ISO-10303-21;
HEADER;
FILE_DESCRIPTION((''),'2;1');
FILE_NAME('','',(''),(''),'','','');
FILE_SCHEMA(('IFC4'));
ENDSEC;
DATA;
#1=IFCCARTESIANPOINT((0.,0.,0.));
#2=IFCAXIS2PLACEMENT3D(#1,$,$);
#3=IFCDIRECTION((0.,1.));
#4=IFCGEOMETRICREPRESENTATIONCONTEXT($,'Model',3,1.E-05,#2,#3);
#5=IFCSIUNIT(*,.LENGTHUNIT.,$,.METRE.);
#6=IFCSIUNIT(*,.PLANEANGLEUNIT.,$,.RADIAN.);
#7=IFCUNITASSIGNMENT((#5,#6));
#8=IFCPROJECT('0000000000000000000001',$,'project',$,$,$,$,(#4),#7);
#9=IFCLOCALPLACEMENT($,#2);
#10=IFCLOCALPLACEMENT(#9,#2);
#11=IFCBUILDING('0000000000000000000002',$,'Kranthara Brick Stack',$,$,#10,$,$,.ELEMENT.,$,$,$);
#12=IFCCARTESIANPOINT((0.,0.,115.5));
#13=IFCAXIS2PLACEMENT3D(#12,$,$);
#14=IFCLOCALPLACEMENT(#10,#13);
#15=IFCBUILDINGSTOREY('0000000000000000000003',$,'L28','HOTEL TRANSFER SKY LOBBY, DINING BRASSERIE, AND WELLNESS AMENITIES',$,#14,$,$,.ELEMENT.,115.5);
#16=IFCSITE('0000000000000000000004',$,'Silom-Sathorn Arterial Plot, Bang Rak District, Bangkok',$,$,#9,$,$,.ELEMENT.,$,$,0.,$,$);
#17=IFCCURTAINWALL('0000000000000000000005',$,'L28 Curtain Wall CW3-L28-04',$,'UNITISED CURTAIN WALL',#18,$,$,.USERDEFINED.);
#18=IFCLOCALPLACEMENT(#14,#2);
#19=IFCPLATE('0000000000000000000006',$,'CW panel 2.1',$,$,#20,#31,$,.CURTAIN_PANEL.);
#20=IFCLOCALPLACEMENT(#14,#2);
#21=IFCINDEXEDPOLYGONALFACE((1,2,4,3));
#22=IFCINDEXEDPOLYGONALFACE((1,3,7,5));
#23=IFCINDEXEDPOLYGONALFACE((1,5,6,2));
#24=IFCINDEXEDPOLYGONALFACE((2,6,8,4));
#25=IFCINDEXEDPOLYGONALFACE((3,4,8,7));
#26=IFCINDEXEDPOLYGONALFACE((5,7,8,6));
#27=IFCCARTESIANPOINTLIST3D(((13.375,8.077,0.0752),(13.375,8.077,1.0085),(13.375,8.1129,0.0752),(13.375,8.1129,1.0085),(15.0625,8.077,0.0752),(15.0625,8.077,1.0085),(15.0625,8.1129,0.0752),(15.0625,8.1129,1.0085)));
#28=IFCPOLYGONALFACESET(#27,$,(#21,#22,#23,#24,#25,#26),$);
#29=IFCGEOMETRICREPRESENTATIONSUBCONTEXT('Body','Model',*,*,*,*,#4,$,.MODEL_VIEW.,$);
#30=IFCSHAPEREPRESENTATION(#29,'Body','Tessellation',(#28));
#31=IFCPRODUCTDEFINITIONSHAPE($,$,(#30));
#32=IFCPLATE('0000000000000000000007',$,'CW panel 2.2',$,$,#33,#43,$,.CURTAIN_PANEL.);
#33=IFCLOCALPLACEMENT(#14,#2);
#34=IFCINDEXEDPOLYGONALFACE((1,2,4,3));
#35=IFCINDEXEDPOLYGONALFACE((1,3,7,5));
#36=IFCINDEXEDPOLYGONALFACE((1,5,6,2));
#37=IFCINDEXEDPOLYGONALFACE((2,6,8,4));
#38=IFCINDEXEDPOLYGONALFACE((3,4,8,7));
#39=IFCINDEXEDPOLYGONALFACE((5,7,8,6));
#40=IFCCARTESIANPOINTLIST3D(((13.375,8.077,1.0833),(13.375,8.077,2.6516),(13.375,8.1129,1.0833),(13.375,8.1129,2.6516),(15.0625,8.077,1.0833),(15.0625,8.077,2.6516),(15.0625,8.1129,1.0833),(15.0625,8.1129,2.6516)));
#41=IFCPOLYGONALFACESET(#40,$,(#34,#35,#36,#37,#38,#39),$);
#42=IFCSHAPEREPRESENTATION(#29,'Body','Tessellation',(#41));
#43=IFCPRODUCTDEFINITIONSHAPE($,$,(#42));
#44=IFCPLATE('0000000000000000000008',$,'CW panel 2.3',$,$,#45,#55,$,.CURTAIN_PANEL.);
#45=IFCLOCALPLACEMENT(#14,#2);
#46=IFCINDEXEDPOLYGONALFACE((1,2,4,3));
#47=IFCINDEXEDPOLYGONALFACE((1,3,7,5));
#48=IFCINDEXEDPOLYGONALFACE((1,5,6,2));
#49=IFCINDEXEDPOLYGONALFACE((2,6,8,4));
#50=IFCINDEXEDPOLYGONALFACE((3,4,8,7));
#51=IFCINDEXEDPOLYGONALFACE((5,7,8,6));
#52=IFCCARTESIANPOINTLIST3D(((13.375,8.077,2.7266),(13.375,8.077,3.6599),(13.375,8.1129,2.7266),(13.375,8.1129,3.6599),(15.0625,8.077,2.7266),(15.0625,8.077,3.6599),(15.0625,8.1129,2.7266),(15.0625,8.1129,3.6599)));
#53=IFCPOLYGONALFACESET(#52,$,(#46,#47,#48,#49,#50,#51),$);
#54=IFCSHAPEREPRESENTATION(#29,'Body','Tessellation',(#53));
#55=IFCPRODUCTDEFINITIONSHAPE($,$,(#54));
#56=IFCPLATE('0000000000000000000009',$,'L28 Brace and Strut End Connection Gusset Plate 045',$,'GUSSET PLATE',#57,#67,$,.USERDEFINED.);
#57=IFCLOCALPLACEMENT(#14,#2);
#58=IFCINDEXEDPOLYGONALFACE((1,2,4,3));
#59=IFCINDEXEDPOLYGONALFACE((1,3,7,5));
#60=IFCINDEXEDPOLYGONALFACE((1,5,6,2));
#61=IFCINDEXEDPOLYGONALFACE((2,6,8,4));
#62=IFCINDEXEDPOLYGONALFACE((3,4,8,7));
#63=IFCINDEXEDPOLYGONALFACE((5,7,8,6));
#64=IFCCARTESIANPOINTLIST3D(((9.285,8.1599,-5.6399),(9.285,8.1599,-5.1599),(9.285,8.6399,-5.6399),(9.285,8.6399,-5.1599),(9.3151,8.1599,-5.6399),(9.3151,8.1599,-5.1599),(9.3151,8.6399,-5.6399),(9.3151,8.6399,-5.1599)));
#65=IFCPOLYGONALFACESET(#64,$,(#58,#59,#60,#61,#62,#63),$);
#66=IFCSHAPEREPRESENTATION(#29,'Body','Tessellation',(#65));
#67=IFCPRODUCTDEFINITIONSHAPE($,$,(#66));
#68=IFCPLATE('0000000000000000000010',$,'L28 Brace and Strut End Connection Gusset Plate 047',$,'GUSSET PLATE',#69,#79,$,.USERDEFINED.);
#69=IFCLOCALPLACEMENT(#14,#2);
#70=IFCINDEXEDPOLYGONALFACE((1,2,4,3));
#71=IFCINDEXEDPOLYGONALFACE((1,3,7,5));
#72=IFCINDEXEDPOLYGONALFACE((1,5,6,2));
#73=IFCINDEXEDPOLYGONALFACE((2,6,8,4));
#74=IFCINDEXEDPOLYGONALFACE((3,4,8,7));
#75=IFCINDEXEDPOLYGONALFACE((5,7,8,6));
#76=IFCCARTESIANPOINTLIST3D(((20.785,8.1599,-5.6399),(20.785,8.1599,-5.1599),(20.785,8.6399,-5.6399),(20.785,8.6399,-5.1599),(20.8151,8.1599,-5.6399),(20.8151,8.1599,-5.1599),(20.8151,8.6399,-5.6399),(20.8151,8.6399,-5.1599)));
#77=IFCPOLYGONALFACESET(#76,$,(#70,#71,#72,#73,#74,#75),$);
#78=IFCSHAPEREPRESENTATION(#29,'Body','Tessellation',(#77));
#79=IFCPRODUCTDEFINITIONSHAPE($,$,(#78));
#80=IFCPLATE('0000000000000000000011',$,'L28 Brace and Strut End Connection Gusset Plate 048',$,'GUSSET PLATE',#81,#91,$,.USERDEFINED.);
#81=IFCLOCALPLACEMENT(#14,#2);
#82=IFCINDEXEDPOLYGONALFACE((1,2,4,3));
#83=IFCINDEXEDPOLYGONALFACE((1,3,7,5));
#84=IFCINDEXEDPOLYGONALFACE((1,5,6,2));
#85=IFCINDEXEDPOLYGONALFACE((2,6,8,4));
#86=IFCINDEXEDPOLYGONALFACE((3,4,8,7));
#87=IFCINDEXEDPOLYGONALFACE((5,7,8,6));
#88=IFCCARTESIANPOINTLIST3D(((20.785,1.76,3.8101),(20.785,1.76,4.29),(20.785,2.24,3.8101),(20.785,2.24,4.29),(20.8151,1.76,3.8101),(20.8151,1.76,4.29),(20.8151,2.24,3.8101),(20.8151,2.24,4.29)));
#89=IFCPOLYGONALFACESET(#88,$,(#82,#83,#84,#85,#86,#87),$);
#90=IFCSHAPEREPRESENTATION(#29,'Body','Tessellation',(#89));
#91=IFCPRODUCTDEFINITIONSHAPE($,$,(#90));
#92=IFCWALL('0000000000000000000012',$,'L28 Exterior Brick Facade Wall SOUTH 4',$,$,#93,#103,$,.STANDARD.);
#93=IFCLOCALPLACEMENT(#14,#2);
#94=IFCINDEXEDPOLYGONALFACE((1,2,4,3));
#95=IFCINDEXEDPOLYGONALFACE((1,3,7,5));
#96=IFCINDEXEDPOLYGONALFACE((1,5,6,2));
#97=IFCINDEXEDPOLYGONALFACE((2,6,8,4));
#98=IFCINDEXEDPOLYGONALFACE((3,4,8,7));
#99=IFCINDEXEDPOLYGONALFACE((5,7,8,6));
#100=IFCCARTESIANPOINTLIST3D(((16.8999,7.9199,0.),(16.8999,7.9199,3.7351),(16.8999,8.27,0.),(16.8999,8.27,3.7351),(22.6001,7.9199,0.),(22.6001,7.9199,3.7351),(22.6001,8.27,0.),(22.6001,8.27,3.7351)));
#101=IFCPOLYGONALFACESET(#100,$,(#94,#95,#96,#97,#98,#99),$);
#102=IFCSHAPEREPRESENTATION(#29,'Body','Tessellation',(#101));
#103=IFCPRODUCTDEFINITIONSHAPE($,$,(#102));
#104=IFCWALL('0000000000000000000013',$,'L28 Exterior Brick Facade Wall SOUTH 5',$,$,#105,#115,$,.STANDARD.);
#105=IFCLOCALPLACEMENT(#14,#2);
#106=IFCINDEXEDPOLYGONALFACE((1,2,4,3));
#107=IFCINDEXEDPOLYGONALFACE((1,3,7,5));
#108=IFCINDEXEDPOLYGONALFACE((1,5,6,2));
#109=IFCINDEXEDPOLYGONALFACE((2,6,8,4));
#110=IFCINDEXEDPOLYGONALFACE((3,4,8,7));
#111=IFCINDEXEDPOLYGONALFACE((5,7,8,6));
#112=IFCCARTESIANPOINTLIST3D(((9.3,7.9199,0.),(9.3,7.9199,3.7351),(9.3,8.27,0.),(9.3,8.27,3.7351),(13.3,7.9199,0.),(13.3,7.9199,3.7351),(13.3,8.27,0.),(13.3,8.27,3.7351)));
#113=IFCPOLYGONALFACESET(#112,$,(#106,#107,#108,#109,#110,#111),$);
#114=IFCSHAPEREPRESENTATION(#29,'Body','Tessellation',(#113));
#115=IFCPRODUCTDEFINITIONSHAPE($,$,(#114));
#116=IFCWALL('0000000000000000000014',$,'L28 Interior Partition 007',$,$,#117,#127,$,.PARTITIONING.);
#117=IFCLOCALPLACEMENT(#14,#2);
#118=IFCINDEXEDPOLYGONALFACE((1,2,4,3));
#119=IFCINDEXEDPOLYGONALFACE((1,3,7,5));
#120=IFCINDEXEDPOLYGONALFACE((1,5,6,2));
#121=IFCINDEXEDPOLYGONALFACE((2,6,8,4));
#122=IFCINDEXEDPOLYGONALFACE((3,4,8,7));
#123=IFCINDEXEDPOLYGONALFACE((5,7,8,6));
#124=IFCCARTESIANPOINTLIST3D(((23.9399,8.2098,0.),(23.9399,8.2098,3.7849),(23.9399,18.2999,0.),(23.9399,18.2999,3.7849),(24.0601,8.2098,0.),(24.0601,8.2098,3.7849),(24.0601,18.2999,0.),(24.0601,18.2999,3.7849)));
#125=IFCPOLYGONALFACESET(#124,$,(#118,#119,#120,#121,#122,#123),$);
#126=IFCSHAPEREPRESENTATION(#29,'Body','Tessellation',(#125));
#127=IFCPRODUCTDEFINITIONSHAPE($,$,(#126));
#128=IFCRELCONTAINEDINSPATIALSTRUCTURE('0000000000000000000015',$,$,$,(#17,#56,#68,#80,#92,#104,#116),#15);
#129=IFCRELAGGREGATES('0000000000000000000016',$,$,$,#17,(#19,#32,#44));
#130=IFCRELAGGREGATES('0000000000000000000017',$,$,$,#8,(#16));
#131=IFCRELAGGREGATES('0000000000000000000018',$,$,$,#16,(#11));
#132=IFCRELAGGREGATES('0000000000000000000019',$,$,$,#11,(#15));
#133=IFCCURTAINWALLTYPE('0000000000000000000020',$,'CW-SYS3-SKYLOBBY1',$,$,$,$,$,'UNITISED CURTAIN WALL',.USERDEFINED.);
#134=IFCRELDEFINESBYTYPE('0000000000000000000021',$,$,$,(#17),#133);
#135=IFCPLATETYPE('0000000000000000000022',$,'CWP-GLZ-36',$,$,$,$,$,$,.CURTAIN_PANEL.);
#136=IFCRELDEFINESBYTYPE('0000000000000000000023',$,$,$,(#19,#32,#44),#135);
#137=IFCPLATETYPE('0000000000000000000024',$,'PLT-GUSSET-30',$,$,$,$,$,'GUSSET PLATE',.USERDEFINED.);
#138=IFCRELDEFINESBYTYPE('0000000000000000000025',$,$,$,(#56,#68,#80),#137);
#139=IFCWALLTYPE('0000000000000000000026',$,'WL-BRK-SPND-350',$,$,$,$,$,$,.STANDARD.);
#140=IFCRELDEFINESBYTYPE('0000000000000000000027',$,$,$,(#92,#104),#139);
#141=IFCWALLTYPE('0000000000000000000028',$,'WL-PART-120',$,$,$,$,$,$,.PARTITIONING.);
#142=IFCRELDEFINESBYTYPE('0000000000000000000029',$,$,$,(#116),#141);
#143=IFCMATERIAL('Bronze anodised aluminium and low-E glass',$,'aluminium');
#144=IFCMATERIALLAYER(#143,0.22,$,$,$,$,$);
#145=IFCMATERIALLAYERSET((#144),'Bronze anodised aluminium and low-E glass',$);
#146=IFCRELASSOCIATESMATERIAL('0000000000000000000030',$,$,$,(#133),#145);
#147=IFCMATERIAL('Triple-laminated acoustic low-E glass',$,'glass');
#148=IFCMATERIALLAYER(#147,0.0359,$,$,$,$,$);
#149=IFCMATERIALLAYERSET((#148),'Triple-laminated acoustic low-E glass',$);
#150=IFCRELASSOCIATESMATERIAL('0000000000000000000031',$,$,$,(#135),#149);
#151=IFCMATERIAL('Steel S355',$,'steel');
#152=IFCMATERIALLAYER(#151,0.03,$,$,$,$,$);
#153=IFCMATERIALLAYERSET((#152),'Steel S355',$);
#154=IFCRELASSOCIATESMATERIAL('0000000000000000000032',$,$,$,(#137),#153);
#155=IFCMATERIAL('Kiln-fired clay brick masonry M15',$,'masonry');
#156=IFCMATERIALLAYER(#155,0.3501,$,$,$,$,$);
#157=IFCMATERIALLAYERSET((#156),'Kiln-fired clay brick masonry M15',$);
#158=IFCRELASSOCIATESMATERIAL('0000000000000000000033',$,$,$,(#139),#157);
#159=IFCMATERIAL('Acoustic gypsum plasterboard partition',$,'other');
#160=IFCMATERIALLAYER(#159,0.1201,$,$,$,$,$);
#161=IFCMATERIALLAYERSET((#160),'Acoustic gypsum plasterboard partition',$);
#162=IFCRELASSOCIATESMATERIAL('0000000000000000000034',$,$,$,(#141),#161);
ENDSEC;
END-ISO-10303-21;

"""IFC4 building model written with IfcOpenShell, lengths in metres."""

from ifc_helpers import new_model, si_unit, direction, frame, frame_2d, origin, origin_2d, place, context, subcontext, project, spatial, rectangle, extrude, material, layer, layer_set, type_object, element, aggregate, save


model = new_model("IFC4")

# Units and contexts
model_context = context("Model", 3, precision=1e-05, world=origin(), true_north=direction((0.0, 1.0)))
body_context = subcontext(model_context, "Body", "Model", "MODEL_VIEW")
ifc_project = project(units=[si_unit("LENGTHUNIT", "METRE"), si_unit("PLANEANGLEUNIT", "RADIAN")], contexts=[model_context])

# Site, building, storey
site_placement = place(None, origin())
site = spatial("IfcSite", under=ifc_project, at=site_placement, Name="Silom-Sathorn Arterial Plot, Bang Rak District, Bangkok", CompositionType="ELEMENT", RefElevation=0.0)
building_placement = place(site_placement, origin())
building = spatial("IfcBuilding", under=site, at=building_placement, Name="Kranthara Brick Stack", CompositionType="ELEMENT")
storey_placement = place(building_placement, frame((0.0, 0.0, 115.5)))
storey = spatial("IfcBuildingStorey", under=building, at=storey_placement, Name="L28", Description="HOTEL TRANSFER SKY LOBBY, DINING BRASSERIE, AND WELLNESS AMENITIES", CompositionType="ELEMENT", Elevation=115.5)

# Shared definitions
ifc_material_1 = material(Name="Bronze anodised aluminium and low-E glass", Category="aluminium")
ifc_layer_1 = layer(ifc_material_1, 0.22)
ifc_layer_set_1 = layer_set([ifc_layer_1], Name="Bronze anodised aluminium and low-E glass")
curtain_wall_type = type_object("IfcCurtainWallType", Name="CW-SYS3-SKYLOBBY1", ElementType="UNITISED CURTAIN WALL", PredefinedType="USERDEFINED", material=ifc_layer_set_1)

# Curtain wall
curtain_wall_1_placement = place(storey_placement, origin())
curtain_wall_1 = element("IfcCurtainWall", 1, at=curtain_wall_1_placement, inside=storey, type_object=curtain_wall_type, Name="L28 Curtain Wall CW3-L28-04", ObjectType="UNITISED CURTAIN WALL", PredefinedType="USERDEFINED")

# Plates
ifc_material_2 = material(Name="Triple-laminated acoustic low-E glass", Category="glass")
ifc_layer_2 = layer(ifc_material_2, 0.0359)
ifc_layer_set_2 = layer_set([ifc_layer_2], Name="Triple-laminated acoustic low-E glass")
plate_type_1 = type_object("IfcPlateType", Name="CWP-GLZ-36", PredefinedType="CURTAIN_PANEL", material=ifc_layer_set_2)
plate_1_placement = place(storey_placement, frame((14.2188, 8.095, 0.0752), z_axis=(0.0, 0.0, 1.0), x_axis=(-1.0, 0.0, 0.0)))
plate_1 = element("IfcPlate", 2, at=plate_1_placement, type_object=plate_type_1, Name="CW panel 2.1", PredefinedType="CURTAIN_PANEL", context=body_context, shape_type="SweptSolid", body=[
    extrude(rectangle(XDim=1.6875, YDim=0.0359, at=origin_2d()), origin(), (0.0, 0.0, 1.0), 0.9333),
])
plate_2_placement = place(storey_placement, frame((14.2188, 8.095, 1.0833), z_axis=(0.0, 0.0, 1.0), x_axis=(-1.0, 0.0, 0.0)))
plate_2 = element("IfcPlate", 3, at=plate_2_placement, type_object=plate_type_1, Name="CW panel 2.2", PredefinedType="CURTAIN_PANEL", context=body_context, shape_type="SweptSolid", body=[
    extrude(rectangle(XDim=1.6875, YDim=0.0359, at=origin_2d()), origin(), (0.0, 0.0, 1.0), 1.5684),
])
plate_3_placement = place(storey_placement, frame((14.2188, 8.095, 2.7266), z_axis=(0.0, 0.0, 1.0), x_axis=(-1.0, 0.0, 0.0)))
plate_3 = element("IfcPlate", 4, at=plate_3_placement, type_object=plate_type_1, Name="CW panel 2.3", PredefinedType="CURTAIN_PANEL", context=body_context, shape_type="SweptSolid", body=[
    extrude(rectangle(XDim=1.6875, YDim=0.0359, at=origin_2d()), origin(), (0.0, 0.0, 1.0), 0.9333),
])
aggregate(curtain_wall_1, [plate_1, plate_2, plate_3])

# Plates
ifc_material_3 = material(Name="Steel S355", Category="steel")
ifc_layer_3 = layer(ifc_material_3, 0.03)
ifc_layer_set_3 = layer_set([ifc_layer_3], Name="Steel S355")
plate_type_2 = type_object("IfcPlateType", Name="PLT-GUSSET-30", ElementType="GUSSET PLATE", PredefinedType="USERDEFINED", material=ifc_layer_set_3)
for number, where, z_axis, x_axis, name in (
    (5, (9.3, 8.3999, -5.6399), (0.0, 0.0, 1.0), (0.0, 1.0, 0.0), "L28 Brace and Strut End Connection Gusset Plate 045"),
    (6, (20.8, 8.3999, -5.6399), (0.0, 0.0, 1.0), (0.0, 1.0, 0.0), "L28 Brace and Strut End Connection Gusset Plate 047"),
    (7, (20.8, 2.0, 3.8101), (0.0, 0.0, 1.0), (0.0, 1.0, 0.0), "L28 Brace and Strut End Connection Gusset Plate 048"),
):
    element("IfcPlate", number, at=place(storey_placement, frame(where, z_axis=z_axis, x_axis=x_axis)), inside=storey, type_object=plate_type_2, Name=name, ObjectType="GUSSET PLATE", PredefinedType="USERDEFINED", context=body_context, shape_type="SweptSolid", body=[
        extrude(rectangle(XDim=0.48, YDim=0.03, at=origin_2d()), origin(), (0.0, 0.0, 1.0), 0.48),
    ])

# Walls
ifc_material_4 = material(Name="Kiln-fired clay brick masonry M15", Category="masonry")
ifc_layer_4 = layer(ifc_material_4, 0.3501)
ifc_layer_set_4 = layer_set([ifc_layer_4], Name="Kiln-fired clay brick masonry M15")
wall_type_1 = type_object("IfcWallType", Name="WL-BRK-SPND-350", PredefinedType="STANDARD", material=ifc_layer_set_4)
wall_1_placement = place(storey_placement, frame((22.6001, 8.095, 0.0), z_axis=(0.0, 0.0, 1.0), x_axis=(-1.0, 0.0, 0.0)))
element("IfcWall", 8, at=wall_1_placement, inside=storey, type_object=wall_type_1, Name="L28 Exterior Brick Facade Wall SOUTH 4", PredefinedType="STANDARD", context=body_context, shape_type="SweptSolid", body=[
    extrude(rectangle(XDim=5.7002, YDim=0.3501, at=frame_2d((2.8501, 0.0))), origin(), (0.0, 0.0, 1.0), 3.7351),
])
wall_2_placement = place(storey_placement, frame((13.3, 8.095, 0.0), z_axis=(0.0, 0.0, 1.0), x_axis=(-1.0, 0.0, 0.0)))
element("IfcWall", 9, at=wall_2_placement, inside=storey, type_object=wall_type_1, Name="L28 Exterior Brick Facade Wall SOUTH 5", PredefinedType="STANDARD", context=body_context, shape_type="SweptSolid", body=[
    extrude(rectangle(XDim=4.0, YDim=0.3501, at=frame_2d((2.0, 0.0))), origin(), (0.0, 0.0, 1.0), 3.7351),
])
ifc_material_5 = material(Name="Acoustic gypsum plasterboard partition", Category="other")
ifc_layer_5 = layer(ifc_material_5, 0.1201)
ifc_layer_set_5 = layer_set([ifc_layer_5], Name="Acoustic gypsum plasterboard partition")
wall_type_2 = type_object("IfcWallType", Name="WL-PART-120", PredefinedType="PARTITIONING", material=ifc_layer_set_5)
wall_3_placement = place(storey_placement, frame((24.0, 8.21, 0.0), z_axis=(0.0, 0.0, 1.0), x_axis=(0.0, 1.0, 0.0)))
element("IfcWall", 10, at=wall_3_placement, inside=storey, type_object=wall_type_2, Name="L28 Interior Partition 007", PredefinedType="PARTITIONING", context=body_context, shape_type="SweptSolid", body=[
    extrude(rectangle(XDim=10.0901, YDim=0.1201, at=frame_2d((5.0449, 0.0))), origin(), (0.0, 0.0, 1.0), 3.7849),
])

save(model, "model.ifc")
